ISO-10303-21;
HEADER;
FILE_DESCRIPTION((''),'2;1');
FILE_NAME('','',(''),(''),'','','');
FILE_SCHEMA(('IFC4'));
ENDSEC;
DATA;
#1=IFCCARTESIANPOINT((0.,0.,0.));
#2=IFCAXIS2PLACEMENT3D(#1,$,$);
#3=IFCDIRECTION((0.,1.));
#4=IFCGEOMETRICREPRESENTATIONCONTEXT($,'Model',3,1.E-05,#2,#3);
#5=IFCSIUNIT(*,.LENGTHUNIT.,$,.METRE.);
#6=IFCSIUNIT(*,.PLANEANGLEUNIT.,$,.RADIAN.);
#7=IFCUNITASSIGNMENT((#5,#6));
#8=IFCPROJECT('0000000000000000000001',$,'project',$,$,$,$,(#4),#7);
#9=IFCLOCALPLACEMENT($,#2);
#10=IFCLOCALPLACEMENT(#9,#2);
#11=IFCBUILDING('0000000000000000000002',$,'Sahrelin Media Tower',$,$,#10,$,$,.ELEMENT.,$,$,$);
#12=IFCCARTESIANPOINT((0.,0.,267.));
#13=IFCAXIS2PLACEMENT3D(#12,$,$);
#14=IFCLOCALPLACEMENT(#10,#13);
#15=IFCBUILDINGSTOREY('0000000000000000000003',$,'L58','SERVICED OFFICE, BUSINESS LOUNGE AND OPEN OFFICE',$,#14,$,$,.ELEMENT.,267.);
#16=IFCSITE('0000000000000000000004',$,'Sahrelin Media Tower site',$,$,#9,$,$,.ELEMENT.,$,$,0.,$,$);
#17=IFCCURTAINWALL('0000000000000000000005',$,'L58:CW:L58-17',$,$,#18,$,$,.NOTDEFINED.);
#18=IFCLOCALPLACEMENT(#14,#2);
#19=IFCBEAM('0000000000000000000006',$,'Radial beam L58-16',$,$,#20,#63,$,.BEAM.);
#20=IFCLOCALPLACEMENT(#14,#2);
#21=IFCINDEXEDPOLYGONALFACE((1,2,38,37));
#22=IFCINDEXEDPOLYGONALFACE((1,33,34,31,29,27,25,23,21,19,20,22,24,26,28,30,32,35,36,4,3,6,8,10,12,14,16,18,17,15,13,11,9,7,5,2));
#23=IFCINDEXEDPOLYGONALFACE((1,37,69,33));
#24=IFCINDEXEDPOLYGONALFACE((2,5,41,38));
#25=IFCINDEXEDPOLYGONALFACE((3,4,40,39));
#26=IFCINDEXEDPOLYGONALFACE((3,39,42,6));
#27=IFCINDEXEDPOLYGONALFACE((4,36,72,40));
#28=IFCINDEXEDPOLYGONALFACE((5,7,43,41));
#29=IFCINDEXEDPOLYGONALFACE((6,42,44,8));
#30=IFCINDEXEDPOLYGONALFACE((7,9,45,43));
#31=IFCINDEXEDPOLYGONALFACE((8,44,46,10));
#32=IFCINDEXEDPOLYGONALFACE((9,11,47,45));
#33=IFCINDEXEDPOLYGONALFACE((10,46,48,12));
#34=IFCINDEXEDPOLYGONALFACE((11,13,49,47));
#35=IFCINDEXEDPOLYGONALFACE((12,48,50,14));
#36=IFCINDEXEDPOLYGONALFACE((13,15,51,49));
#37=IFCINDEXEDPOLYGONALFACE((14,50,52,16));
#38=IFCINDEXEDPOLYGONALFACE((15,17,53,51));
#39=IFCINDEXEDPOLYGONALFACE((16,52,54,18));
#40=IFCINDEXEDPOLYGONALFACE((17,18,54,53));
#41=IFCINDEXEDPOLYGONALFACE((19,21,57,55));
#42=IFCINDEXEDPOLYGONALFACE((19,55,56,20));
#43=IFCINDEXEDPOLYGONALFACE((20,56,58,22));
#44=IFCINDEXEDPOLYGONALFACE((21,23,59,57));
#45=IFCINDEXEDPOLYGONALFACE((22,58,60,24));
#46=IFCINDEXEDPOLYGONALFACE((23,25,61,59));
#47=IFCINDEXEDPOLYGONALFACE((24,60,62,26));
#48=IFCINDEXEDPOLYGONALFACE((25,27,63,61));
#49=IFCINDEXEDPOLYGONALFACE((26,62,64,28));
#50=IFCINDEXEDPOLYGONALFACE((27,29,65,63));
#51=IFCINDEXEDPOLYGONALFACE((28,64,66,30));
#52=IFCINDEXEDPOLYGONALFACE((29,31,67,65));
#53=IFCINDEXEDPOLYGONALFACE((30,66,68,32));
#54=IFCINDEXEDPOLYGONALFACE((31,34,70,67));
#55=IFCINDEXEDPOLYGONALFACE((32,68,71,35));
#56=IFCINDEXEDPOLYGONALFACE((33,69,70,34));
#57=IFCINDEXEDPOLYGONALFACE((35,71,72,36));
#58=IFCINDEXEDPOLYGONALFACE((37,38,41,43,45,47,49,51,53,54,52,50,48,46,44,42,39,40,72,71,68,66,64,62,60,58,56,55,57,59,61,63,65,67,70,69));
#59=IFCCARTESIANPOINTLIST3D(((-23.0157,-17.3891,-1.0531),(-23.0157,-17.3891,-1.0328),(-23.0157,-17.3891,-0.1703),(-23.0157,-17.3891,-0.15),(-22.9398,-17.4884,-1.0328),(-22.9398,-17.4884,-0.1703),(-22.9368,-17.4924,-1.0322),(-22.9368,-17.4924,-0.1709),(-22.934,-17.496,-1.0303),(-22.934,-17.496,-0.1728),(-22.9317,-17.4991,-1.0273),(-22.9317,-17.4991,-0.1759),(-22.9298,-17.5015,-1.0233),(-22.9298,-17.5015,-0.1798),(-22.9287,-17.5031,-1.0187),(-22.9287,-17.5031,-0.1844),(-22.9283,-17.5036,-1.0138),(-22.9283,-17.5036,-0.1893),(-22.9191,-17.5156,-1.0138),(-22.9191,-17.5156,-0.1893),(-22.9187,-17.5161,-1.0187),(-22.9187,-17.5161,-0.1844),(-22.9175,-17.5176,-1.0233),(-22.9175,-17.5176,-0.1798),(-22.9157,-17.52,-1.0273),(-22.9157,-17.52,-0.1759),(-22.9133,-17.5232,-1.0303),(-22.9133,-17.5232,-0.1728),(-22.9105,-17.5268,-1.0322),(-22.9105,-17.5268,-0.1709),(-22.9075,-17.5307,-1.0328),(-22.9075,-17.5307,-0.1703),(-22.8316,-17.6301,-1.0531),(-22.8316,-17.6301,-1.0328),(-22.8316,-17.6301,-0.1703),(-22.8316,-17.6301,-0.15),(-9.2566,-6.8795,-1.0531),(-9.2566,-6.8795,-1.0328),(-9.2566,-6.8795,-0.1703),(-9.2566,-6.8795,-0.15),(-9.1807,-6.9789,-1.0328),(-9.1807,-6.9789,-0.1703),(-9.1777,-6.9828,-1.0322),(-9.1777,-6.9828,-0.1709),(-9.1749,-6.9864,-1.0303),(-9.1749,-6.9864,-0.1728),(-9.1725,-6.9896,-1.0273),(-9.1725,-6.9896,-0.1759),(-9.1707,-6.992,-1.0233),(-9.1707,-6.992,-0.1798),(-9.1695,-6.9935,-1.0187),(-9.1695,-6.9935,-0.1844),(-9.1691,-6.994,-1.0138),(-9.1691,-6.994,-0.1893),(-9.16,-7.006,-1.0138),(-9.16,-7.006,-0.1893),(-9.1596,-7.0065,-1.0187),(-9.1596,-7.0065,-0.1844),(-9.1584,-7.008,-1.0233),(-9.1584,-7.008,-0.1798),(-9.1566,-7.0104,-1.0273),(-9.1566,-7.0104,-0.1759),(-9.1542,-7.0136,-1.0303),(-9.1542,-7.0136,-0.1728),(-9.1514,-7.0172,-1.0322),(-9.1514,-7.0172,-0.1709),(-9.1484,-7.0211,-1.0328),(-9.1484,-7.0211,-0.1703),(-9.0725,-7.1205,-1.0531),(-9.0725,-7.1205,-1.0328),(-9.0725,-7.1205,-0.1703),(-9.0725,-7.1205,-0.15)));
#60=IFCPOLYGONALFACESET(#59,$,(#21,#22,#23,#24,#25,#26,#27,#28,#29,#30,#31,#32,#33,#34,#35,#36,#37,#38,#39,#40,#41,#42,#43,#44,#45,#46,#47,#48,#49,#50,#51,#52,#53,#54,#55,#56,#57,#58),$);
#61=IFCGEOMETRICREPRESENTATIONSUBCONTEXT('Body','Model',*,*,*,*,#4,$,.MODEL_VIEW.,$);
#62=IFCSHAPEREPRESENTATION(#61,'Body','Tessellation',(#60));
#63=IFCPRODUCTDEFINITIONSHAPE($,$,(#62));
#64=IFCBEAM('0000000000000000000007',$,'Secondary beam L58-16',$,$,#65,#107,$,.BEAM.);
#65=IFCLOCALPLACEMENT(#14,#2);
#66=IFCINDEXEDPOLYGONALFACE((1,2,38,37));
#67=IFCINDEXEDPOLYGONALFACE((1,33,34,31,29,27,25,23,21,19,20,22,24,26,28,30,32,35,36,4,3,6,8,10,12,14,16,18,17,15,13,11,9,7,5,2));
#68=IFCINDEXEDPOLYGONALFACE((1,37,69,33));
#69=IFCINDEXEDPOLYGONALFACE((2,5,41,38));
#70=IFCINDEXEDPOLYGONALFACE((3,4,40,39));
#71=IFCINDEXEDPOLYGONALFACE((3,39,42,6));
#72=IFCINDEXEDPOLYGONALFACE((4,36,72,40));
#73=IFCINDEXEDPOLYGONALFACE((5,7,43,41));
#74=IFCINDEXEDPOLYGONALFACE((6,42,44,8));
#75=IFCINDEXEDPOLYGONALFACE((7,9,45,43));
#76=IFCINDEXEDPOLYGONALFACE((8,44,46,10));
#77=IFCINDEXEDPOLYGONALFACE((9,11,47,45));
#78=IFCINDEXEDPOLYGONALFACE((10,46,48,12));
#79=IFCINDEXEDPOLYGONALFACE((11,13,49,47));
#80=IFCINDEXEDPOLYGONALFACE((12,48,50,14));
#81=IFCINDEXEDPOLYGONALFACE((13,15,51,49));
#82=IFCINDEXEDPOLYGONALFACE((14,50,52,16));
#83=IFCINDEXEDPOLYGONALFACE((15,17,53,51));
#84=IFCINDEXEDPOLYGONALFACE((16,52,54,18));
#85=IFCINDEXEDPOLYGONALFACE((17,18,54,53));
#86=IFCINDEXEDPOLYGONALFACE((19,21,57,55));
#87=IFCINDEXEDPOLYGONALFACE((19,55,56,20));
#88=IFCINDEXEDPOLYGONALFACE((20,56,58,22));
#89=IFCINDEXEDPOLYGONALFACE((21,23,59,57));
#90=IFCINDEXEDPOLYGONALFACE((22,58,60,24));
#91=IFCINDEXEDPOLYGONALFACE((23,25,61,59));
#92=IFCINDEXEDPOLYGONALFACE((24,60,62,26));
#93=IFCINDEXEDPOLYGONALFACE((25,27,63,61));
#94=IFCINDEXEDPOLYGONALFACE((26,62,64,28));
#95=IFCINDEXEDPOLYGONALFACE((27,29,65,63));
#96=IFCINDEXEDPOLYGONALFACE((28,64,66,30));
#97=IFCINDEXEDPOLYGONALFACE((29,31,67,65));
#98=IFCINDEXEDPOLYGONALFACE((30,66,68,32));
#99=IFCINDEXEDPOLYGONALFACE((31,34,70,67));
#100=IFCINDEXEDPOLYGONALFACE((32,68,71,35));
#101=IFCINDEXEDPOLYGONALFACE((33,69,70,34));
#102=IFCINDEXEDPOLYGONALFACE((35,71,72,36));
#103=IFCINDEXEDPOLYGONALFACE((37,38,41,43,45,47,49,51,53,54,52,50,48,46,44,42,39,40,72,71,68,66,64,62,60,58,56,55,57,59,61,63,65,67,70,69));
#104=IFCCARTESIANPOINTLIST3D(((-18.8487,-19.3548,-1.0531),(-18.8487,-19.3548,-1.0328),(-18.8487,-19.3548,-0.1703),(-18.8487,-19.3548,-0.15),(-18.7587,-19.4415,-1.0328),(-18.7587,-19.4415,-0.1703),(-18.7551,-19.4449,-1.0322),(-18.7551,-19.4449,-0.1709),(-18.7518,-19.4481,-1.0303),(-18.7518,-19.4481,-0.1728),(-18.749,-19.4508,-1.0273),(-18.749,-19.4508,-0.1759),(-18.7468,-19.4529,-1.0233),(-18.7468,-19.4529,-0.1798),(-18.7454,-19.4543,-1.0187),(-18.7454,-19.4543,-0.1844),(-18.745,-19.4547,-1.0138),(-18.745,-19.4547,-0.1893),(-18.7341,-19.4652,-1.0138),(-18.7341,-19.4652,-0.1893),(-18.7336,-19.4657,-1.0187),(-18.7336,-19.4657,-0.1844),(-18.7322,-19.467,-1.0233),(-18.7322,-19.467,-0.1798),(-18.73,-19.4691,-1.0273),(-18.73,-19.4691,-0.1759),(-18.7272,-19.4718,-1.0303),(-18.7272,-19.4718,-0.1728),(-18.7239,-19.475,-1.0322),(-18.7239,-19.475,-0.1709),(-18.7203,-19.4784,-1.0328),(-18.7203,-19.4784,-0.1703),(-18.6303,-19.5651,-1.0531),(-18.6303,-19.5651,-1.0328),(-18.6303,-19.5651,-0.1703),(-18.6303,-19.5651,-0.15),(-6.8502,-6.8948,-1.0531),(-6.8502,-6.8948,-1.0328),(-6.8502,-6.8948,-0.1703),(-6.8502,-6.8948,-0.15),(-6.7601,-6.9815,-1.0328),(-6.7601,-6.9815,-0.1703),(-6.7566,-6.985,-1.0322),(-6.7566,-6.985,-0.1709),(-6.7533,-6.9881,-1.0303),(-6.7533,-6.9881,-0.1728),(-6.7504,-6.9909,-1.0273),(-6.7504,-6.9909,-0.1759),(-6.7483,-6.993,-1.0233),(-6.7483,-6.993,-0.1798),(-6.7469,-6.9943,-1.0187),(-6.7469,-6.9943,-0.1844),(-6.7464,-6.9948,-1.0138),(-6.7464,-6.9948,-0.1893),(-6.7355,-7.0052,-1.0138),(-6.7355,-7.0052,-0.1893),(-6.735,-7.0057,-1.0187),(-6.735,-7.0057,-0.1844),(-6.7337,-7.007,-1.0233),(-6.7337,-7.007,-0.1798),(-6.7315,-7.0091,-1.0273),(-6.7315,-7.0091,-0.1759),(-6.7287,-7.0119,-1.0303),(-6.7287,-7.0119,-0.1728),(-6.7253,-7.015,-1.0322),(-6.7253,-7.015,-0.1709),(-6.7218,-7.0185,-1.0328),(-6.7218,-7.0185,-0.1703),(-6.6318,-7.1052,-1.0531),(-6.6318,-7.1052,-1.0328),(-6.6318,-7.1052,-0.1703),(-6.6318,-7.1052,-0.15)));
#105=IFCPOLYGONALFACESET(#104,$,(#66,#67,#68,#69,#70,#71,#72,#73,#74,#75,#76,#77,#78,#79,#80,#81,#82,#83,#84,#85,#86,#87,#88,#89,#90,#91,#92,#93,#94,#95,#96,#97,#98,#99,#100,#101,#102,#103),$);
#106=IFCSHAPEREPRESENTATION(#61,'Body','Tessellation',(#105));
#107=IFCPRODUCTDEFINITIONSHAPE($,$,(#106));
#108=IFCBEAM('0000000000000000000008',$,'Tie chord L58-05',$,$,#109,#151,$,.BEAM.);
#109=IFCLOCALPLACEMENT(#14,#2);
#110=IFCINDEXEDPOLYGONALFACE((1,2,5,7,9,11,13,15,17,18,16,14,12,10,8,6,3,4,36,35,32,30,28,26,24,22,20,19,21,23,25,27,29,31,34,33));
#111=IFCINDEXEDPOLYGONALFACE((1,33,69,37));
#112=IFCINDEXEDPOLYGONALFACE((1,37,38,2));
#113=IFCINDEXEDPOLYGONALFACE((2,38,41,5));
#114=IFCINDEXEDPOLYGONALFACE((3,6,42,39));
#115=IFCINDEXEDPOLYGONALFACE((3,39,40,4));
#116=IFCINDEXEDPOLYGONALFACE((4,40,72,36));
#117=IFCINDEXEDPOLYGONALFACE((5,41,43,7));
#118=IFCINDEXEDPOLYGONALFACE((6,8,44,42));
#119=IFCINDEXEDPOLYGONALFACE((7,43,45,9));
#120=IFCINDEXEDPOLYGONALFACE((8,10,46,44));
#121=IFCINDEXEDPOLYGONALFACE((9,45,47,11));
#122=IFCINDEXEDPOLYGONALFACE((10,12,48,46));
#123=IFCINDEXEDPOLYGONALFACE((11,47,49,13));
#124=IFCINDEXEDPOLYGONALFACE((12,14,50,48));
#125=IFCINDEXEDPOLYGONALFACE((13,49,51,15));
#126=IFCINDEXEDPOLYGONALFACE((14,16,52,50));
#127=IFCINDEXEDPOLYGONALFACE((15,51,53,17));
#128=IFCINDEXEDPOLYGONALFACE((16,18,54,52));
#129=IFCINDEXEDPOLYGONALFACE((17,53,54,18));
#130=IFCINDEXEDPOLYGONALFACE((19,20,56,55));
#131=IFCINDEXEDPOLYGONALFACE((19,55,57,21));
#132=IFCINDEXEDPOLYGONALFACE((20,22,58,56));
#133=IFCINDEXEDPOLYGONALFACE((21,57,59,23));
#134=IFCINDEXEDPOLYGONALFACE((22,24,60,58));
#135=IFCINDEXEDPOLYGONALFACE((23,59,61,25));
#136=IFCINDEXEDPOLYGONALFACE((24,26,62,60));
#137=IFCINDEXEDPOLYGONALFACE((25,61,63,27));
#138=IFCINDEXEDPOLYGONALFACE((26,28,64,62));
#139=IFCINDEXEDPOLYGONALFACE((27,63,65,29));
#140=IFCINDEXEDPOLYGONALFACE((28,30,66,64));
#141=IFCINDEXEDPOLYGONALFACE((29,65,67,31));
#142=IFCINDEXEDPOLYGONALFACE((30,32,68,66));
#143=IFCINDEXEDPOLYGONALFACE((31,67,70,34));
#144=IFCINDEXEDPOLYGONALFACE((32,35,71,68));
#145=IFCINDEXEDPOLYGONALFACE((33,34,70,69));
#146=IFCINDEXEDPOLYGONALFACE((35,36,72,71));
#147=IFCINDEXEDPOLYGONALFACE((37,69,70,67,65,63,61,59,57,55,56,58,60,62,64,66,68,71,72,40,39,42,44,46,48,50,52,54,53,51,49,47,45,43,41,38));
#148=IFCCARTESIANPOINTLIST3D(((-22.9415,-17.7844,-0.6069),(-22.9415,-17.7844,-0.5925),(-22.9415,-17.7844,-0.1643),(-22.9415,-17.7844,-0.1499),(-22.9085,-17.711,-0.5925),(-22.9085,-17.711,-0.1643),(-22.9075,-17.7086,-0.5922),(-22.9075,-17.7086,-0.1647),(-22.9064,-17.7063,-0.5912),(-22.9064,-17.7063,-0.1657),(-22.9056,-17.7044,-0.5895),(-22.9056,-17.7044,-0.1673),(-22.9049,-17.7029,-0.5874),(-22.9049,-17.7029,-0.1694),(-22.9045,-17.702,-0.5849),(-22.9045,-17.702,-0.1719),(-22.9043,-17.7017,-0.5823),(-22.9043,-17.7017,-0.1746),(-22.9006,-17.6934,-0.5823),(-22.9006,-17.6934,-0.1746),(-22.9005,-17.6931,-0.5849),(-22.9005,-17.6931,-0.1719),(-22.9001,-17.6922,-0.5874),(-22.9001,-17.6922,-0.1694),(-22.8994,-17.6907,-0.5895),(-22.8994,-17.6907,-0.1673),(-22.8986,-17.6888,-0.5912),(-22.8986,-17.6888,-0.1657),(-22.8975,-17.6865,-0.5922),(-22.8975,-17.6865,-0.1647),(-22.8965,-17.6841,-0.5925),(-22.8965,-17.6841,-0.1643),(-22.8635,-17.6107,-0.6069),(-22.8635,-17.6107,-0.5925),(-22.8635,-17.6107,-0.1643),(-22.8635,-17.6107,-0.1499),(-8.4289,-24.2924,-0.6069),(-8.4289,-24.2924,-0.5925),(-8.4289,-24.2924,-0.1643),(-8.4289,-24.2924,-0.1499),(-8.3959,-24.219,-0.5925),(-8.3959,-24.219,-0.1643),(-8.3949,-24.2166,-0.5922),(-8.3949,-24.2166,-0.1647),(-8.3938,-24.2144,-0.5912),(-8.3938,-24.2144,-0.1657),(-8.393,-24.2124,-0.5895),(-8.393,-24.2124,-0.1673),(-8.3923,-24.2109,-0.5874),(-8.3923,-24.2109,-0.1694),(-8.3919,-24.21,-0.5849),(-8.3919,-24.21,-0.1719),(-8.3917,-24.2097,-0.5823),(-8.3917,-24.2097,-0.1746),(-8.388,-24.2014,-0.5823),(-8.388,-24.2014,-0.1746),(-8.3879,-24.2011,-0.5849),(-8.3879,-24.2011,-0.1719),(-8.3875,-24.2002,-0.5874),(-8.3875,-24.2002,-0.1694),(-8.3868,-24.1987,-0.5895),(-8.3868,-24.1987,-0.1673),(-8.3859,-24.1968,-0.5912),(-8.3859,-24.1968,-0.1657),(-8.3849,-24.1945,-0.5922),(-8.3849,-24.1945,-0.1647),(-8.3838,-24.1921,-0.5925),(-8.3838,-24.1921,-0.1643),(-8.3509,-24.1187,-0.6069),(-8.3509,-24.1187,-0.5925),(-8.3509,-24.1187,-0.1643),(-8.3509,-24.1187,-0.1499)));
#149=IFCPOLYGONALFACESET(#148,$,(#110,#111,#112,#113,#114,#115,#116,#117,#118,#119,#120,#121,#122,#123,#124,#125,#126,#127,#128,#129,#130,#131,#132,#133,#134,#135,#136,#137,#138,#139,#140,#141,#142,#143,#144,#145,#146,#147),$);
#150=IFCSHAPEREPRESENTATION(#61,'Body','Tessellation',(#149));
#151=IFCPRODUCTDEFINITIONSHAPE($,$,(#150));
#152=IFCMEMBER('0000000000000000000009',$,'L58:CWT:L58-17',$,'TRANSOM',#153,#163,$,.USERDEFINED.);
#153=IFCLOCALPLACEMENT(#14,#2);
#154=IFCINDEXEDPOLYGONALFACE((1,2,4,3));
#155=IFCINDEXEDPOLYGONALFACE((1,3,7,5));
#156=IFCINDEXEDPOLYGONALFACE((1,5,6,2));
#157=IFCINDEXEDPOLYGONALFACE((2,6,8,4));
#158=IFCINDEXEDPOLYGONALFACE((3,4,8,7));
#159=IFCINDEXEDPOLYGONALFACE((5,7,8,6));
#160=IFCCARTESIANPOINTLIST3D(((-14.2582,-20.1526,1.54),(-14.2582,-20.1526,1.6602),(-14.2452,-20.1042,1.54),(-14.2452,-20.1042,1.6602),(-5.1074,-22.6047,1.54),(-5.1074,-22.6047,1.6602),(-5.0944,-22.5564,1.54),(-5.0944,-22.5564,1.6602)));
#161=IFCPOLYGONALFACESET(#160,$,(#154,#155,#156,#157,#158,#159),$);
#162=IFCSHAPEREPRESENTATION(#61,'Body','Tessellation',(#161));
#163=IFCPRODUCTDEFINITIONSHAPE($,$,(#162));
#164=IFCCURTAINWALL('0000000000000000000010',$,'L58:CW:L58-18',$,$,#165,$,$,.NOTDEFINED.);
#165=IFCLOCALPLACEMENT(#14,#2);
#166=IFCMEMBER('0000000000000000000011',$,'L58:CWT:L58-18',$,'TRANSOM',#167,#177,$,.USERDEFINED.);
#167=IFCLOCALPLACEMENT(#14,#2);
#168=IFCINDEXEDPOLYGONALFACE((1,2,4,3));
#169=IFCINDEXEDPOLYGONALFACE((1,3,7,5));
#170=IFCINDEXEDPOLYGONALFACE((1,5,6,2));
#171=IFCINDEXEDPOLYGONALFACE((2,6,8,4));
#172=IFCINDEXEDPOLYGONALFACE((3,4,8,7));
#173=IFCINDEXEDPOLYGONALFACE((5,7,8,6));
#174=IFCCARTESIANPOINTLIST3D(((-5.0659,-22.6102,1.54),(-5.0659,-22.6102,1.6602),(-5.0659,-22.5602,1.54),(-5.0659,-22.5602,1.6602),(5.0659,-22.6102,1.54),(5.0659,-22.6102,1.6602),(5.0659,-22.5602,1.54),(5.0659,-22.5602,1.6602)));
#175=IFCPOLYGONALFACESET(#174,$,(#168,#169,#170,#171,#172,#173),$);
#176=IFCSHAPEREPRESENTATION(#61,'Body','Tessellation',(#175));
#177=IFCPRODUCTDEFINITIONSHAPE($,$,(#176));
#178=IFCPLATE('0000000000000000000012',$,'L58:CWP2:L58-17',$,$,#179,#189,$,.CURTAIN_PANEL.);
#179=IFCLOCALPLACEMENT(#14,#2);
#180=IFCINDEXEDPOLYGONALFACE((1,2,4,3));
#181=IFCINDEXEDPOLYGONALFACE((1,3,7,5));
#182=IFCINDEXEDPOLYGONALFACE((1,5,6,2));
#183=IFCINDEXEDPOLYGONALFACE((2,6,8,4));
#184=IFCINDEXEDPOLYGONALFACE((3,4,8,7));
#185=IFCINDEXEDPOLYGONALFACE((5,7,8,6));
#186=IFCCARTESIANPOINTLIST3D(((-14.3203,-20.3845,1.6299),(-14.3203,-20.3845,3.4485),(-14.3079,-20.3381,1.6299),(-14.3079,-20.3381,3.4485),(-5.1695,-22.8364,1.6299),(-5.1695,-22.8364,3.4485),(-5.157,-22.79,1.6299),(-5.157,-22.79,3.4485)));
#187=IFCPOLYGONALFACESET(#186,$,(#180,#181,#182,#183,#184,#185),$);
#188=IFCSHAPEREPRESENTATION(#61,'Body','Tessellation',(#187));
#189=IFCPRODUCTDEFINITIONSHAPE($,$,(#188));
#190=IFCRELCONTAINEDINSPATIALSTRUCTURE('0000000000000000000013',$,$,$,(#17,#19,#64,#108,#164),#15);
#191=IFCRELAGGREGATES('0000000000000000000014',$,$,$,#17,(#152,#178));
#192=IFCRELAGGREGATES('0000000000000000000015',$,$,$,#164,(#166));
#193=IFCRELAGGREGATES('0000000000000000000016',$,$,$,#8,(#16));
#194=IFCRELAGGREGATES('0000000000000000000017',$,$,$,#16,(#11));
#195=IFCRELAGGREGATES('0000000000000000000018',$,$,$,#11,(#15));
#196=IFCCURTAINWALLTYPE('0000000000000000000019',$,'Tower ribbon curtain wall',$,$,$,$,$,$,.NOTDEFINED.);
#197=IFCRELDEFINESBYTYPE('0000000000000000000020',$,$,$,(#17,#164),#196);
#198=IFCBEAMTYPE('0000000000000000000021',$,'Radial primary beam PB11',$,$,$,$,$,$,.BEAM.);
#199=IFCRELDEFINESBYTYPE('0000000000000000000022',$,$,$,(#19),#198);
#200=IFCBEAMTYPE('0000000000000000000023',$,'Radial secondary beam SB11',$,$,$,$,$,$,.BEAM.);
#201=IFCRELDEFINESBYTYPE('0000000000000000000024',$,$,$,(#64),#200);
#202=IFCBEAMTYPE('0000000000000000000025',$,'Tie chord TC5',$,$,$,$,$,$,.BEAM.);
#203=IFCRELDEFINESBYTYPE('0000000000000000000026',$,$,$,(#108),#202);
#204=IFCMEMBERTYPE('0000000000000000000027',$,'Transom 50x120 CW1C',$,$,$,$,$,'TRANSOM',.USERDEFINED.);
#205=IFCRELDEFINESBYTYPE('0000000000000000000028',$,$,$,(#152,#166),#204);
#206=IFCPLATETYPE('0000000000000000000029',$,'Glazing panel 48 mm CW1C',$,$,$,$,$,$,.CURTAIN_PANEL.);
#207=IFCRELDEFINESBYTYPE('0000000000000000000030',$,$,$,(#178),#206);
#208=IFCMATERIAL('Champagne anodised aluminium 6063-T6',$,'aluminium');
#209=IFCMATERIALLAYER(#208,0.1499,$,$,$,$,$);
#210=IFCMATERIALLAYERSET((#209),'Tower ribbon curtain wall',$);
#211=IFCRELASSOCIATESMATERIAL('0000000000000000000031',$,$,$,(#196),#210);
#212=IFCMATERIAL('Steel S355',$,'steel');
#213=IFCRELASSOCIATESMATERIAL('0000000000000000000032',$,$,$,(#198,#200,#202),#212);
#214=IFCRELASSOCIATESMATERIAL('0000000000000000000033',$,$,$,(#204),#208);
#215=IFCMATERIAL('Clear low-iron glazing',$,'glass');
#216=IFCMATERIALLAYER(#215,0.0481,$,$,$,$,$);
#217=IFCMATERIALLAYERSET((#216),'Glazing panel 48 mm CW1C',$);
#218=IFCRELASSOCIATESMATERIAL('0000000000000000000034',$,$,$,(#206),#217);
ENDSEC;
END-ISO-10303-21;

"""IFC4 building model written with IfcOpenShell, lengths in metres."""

from ifc_helpers import new_model, si_unit, direction, frame, origin, origin_2d, place, context, subcontext, project, spatial, polyline, rectangle, i_section, outline, extrude, material, layer, layer_set, material_profile, profile_set, type_object, element, aggregate, save


model = new_model("IFC4")

# Units and contexts
model_context = context("Model", 3, precision=1e-05, world=origin(), true_north=direction((0.0, 1.0)))
body_context = subcontext(model_context, "Body", "Model", "MODEL_VIEW")
ifc_project = project(units=[si_unit("LENGTHUNIT", "METRE"), si_unit("PLANEANGLEUNIT", "RADIAN")], contexts=[model_context])

# Site, building, storey
site_placement = place(None, origin())
site = spatial("IfcSite", under=ifc_project, at=site_placement, Name="Sahrelin Media Tower site", CompositionType="ELEMENT", RefElevation=0.0)
building_placement = place(site_placement, origin())
building = spatial("IfcBuilding", under=site, at=building_placement, Name="Sahrelin Media Tower", CompositionType="ELEMENT")
storey_placement = place(building_placement, frame((0.0, 0.0, 267.0)))
storey = spatial("IfcBuildingStorey", under=building, at=storey_placement, Name="L58", Description="SERVICED OFFICE, BUSINESS LOUNGE AND OPEN OFFICE", CompositionType="ELEMENT", Elevation=267.0)

# Shared definitions
ifc_material_1 = material(Name="Steel S355", Category="steel")

# Curtain wall
ifc_material_2 = material(Name="Champagne anodised aluminium 6063-T6", Category="aluminium")
ifc_layer_1 = layer(ifc_material_2, 0.1499)
ifc_layer_set_1 = layer_set([ifc_layer_1], Name="Tower ribbon curtain wall")
curtain_wall_type = type_object("IfcCurtainWallType", Name="Tower ribbon curtain wall", PredefinedType="NOTDEFINED", material=ifc_layer_set_1)
curtain_wall_1_placement = place(storey_placement, frame((-9.7397, -21.5913, 0.0), z_axis=(0.0, 0.0, 1.0), x_axis=(1.0, 0.0, 0.0)))
curtain_wall_1 = element("IfcCurtainWall", 1, at=curtain_wall_1_placement, inside=storey, type_object=curtain_wall_type, Name="L58:CW:L58-17", PredefinedType="NOTDEFINED")

# Beams
ifc_material_profile_1 = material_profile(ifc_material_1, i_section(OverallWidth=0.3032, OverallDepth=0.9031, WebThickness=0.0151, FlangeThickness=0.0203, FilletRadius=0.019, at=origin_2d()), Name="UB 914x305x201")
ifc_profile_set_1 = profile_set([ifc_material_profile_1], Name="Steel S355")
beam_type_1 = type_object("IfcBeamType", Name="Radial primary beam PB11", PredefinedType="BEAM", material=ifc_profile_set_1)
beam_1_placement = place(storey_placement, frame((-9.1646, -7.0, -0.6016), z_axis=(-0.794695, -0.607009, 0.0), x_axis=(0.607009, -0.794695, 0.0)))
element("IfcBeam", 2, at=beam_1_placement, inside=storey, type_object=beam_type_1, Name="Radial beam L58-16", PredefinedType="BEAM", context=body_context, shape_type="SweptSolid", body=[
    extrude(i_section(OverallWidth=0.3032, OverallDepth=0.9031, WebThickness=0.0151, FlangeThickness=0.0203, FilletRadius=0.019, at=origin_2d()), origin(), (0.0, 0.0, 1.0), 17.3137),
])
ifc_material_profile_2 = material_profile(ifc_material_1, i_section(OverallWidth=0.3032, OverallDepth=0.9031, WebThickness=0.0151, FlangeThickness=0.0203, FilletRadius=0.019, at=origin_2d()), Name="UB 914x305x201")
ifc_profile_set_2 = profile_set([ifc_material_profile_2], Name="Steel S355")
beam_type_2 = type_object("IfcBeamType", Name="Radial secondary beam SB11", PredefinedType="BEAM", material=ifc_profile_set_2)
beam_2_placement = place(storey_placement, frame((-6.741, -7.0, -0.6016), z_axis=(-0.693643, -0.720319, 0.0), x_axis=(0.720319, -0.693643, 0.0)))
element("IfcBeam", 3, at=beam_2_placement, inside=storey, type_object=beam_type_2, Name="Secondary beam L58-16", PredefinedType="BEAM", context=body_context, shape_type="SweptSolid", body=[
    extrude(i_section(OverallWidth=0.3032, OverallDepth=0.9031, WebThickness=0.0151, FlangeThickness=0.0203, FilletRadius=0.019, at=origin_2d()), origin(), (0.0, 0.0, 1.0), 17.2979),
])
ifc_material_profile_3 = material_profile(ifc_material_1, i_section(OverallWidth=0.1904, OverallDepth=0.457, WebThickness=0.009, FlangeThickness=0.0144, FilletRadius=0.0103, at=origin_2d()), Name="UB 457x191x74")
ifc_profile_set_3 = profile_set([ifc_material_profile_3], Name="Steel S355")
beam_type_3 = type_object("IfcBeamType", Name="Tie chord TC5", PredefinedType="BEAM", material=ifc_profile_set_3)
beam_3_placement = place(storey_placement, frame((-8.3899, -24.2056, -0.3784), z_axis=(-0.912454, 0.40918, 0.0), x_axis=(-0.40918, -0.912454, 0.0)))
element("IfcBeam", 4, at=beam_3_placement, inside=storey, type_object=beam_type_3, Name="Tie chord L58-05", PredefinedType="BEAM", context=body_context, shape_type="SweptSolid", body=[
    extrude(i_section(OverallWidth=0.1904, OverallDepth=0.457, WebThickness=0.009, FlangeThickness=0.0144, FilletRadius=0.0103, at=origin_2d()), origin(), (0.0, 0.0, 1.0), 15.905),
])

# Member
ifc_material_profile_4 = material_profile(ifc_material_2, rectangle(XDim=0.05, YDim=0.1201, at=origin_2d()), Name="Transom 50x120")
ifc_profile_set_4 = profile_set([ifc_material_profile_4], Name="Champagne anodised aluminium 6063-T6")
member_type_1 = type_object("IfcMemberType", Name="Transom 50x120 CW1C", ElementType="TRANSOM", PredefinedType="USERDEFINED", material=ifc_profile_set_4)
member_1_placement = place(storey_placement, frame((-14.2517, -20.1284, 1.6001), z_axis=(0.965921, -0.258837, 0.0), x_axis=(0.258837, 0.965921, 0.0)))
member_1 = element("IfcMember", 5, at=member_1_placement, type_object=member_type_1, Name="L58:CWT:L58-17", ObjectType="TRANSOM", PredefinedType="USERDEFINED", context=body_context, shape_type="SweptSolid", body=[
    extrude(rectangle(XDim=0.05, YDim=0.1201, at=origin_2d()), origin(), (0.0, 0.0, 1.0), 9.4736),
])

# Curtain wall, member
curtain_wall_2_placement = place(storey_placement, frame((0.0, -22.8301, 0.0), z_axis=(0.0, 0.0, 1.0), x_axis=(1.0, 0.0, 0.0)))
curtain_wall_2 = element("IfcCurtainWall", 6, at=curtain_wall_2_placement, inside=storey, type_object=curtain_wall_type, Name="L58:CW:L58-18", PredefinedType="NOTDEFINED")
member_2_placement = place(storey_placement, frame((-5.0659, -22.5852, 1.6001), z_axis=(1.0, 0.0, 0.0), x_axis=(0.0, 1.0, 0.0)))
member_2 = element("IfcMember", 7, at=member_2_placement, type_object=member_type_1, Name="L58:CWT:L58-18", ObjectType="TRANSOM", PredefinedType="USERDEFINED", context=body_context, shape_type="SweptSolid", body=[
    extrude(rectangle(XDim=0.05, YDim=0.1201, at=origin_2d()), origin(), (0.0, 0.0, 1.0), 10.1318),
])

# Plate
ifc_material_3 = material(Name="Clear low-iron glazing", Category="glass")
ifc_layer_2 = layer(ifc_material_3, 0.0481)
ifc_layer_set_2 = layer_set([ifc_layer_2], Name="Glazing panel 48 mm CW1C")
plate_type_1 = type_object("IfcPlateType", Name="Glazing panel 48 mm CW1C", PredefinedType="CURTAIN_PANEL", material=ifc_layer_set_2)
plate_1_placement = place(storey_placement, frame((-14.3203, -20.3845, 1.6299), z_axis=(-0.258813, -0.965928, 0.0), x_axis=(0.965928, -0.258813, 0.0)))
plate_1 = element("IfcPlate", 8, at=plate_1_placement, type_object=plate_type_1, Name="L58:CWP2:L58-17", PredefinedType="CURTAIN_PANEL", context=body_context, shape_type="SweptSolid", body=[
    extrude(outline(polyline([(0.0, 0.0), (9.4736, 0.0), (9.4736, 1.8186), (0.0, 1.8186), (0.0, 0.0)])), origin(), (0.0, 0.0, -1.0), 0.0481),
])
aggregate(curtain_wall_1, [member_1, plate_1])
aggregate(curtain_wall_2, [member_2])

save(model, "model.ifc")
